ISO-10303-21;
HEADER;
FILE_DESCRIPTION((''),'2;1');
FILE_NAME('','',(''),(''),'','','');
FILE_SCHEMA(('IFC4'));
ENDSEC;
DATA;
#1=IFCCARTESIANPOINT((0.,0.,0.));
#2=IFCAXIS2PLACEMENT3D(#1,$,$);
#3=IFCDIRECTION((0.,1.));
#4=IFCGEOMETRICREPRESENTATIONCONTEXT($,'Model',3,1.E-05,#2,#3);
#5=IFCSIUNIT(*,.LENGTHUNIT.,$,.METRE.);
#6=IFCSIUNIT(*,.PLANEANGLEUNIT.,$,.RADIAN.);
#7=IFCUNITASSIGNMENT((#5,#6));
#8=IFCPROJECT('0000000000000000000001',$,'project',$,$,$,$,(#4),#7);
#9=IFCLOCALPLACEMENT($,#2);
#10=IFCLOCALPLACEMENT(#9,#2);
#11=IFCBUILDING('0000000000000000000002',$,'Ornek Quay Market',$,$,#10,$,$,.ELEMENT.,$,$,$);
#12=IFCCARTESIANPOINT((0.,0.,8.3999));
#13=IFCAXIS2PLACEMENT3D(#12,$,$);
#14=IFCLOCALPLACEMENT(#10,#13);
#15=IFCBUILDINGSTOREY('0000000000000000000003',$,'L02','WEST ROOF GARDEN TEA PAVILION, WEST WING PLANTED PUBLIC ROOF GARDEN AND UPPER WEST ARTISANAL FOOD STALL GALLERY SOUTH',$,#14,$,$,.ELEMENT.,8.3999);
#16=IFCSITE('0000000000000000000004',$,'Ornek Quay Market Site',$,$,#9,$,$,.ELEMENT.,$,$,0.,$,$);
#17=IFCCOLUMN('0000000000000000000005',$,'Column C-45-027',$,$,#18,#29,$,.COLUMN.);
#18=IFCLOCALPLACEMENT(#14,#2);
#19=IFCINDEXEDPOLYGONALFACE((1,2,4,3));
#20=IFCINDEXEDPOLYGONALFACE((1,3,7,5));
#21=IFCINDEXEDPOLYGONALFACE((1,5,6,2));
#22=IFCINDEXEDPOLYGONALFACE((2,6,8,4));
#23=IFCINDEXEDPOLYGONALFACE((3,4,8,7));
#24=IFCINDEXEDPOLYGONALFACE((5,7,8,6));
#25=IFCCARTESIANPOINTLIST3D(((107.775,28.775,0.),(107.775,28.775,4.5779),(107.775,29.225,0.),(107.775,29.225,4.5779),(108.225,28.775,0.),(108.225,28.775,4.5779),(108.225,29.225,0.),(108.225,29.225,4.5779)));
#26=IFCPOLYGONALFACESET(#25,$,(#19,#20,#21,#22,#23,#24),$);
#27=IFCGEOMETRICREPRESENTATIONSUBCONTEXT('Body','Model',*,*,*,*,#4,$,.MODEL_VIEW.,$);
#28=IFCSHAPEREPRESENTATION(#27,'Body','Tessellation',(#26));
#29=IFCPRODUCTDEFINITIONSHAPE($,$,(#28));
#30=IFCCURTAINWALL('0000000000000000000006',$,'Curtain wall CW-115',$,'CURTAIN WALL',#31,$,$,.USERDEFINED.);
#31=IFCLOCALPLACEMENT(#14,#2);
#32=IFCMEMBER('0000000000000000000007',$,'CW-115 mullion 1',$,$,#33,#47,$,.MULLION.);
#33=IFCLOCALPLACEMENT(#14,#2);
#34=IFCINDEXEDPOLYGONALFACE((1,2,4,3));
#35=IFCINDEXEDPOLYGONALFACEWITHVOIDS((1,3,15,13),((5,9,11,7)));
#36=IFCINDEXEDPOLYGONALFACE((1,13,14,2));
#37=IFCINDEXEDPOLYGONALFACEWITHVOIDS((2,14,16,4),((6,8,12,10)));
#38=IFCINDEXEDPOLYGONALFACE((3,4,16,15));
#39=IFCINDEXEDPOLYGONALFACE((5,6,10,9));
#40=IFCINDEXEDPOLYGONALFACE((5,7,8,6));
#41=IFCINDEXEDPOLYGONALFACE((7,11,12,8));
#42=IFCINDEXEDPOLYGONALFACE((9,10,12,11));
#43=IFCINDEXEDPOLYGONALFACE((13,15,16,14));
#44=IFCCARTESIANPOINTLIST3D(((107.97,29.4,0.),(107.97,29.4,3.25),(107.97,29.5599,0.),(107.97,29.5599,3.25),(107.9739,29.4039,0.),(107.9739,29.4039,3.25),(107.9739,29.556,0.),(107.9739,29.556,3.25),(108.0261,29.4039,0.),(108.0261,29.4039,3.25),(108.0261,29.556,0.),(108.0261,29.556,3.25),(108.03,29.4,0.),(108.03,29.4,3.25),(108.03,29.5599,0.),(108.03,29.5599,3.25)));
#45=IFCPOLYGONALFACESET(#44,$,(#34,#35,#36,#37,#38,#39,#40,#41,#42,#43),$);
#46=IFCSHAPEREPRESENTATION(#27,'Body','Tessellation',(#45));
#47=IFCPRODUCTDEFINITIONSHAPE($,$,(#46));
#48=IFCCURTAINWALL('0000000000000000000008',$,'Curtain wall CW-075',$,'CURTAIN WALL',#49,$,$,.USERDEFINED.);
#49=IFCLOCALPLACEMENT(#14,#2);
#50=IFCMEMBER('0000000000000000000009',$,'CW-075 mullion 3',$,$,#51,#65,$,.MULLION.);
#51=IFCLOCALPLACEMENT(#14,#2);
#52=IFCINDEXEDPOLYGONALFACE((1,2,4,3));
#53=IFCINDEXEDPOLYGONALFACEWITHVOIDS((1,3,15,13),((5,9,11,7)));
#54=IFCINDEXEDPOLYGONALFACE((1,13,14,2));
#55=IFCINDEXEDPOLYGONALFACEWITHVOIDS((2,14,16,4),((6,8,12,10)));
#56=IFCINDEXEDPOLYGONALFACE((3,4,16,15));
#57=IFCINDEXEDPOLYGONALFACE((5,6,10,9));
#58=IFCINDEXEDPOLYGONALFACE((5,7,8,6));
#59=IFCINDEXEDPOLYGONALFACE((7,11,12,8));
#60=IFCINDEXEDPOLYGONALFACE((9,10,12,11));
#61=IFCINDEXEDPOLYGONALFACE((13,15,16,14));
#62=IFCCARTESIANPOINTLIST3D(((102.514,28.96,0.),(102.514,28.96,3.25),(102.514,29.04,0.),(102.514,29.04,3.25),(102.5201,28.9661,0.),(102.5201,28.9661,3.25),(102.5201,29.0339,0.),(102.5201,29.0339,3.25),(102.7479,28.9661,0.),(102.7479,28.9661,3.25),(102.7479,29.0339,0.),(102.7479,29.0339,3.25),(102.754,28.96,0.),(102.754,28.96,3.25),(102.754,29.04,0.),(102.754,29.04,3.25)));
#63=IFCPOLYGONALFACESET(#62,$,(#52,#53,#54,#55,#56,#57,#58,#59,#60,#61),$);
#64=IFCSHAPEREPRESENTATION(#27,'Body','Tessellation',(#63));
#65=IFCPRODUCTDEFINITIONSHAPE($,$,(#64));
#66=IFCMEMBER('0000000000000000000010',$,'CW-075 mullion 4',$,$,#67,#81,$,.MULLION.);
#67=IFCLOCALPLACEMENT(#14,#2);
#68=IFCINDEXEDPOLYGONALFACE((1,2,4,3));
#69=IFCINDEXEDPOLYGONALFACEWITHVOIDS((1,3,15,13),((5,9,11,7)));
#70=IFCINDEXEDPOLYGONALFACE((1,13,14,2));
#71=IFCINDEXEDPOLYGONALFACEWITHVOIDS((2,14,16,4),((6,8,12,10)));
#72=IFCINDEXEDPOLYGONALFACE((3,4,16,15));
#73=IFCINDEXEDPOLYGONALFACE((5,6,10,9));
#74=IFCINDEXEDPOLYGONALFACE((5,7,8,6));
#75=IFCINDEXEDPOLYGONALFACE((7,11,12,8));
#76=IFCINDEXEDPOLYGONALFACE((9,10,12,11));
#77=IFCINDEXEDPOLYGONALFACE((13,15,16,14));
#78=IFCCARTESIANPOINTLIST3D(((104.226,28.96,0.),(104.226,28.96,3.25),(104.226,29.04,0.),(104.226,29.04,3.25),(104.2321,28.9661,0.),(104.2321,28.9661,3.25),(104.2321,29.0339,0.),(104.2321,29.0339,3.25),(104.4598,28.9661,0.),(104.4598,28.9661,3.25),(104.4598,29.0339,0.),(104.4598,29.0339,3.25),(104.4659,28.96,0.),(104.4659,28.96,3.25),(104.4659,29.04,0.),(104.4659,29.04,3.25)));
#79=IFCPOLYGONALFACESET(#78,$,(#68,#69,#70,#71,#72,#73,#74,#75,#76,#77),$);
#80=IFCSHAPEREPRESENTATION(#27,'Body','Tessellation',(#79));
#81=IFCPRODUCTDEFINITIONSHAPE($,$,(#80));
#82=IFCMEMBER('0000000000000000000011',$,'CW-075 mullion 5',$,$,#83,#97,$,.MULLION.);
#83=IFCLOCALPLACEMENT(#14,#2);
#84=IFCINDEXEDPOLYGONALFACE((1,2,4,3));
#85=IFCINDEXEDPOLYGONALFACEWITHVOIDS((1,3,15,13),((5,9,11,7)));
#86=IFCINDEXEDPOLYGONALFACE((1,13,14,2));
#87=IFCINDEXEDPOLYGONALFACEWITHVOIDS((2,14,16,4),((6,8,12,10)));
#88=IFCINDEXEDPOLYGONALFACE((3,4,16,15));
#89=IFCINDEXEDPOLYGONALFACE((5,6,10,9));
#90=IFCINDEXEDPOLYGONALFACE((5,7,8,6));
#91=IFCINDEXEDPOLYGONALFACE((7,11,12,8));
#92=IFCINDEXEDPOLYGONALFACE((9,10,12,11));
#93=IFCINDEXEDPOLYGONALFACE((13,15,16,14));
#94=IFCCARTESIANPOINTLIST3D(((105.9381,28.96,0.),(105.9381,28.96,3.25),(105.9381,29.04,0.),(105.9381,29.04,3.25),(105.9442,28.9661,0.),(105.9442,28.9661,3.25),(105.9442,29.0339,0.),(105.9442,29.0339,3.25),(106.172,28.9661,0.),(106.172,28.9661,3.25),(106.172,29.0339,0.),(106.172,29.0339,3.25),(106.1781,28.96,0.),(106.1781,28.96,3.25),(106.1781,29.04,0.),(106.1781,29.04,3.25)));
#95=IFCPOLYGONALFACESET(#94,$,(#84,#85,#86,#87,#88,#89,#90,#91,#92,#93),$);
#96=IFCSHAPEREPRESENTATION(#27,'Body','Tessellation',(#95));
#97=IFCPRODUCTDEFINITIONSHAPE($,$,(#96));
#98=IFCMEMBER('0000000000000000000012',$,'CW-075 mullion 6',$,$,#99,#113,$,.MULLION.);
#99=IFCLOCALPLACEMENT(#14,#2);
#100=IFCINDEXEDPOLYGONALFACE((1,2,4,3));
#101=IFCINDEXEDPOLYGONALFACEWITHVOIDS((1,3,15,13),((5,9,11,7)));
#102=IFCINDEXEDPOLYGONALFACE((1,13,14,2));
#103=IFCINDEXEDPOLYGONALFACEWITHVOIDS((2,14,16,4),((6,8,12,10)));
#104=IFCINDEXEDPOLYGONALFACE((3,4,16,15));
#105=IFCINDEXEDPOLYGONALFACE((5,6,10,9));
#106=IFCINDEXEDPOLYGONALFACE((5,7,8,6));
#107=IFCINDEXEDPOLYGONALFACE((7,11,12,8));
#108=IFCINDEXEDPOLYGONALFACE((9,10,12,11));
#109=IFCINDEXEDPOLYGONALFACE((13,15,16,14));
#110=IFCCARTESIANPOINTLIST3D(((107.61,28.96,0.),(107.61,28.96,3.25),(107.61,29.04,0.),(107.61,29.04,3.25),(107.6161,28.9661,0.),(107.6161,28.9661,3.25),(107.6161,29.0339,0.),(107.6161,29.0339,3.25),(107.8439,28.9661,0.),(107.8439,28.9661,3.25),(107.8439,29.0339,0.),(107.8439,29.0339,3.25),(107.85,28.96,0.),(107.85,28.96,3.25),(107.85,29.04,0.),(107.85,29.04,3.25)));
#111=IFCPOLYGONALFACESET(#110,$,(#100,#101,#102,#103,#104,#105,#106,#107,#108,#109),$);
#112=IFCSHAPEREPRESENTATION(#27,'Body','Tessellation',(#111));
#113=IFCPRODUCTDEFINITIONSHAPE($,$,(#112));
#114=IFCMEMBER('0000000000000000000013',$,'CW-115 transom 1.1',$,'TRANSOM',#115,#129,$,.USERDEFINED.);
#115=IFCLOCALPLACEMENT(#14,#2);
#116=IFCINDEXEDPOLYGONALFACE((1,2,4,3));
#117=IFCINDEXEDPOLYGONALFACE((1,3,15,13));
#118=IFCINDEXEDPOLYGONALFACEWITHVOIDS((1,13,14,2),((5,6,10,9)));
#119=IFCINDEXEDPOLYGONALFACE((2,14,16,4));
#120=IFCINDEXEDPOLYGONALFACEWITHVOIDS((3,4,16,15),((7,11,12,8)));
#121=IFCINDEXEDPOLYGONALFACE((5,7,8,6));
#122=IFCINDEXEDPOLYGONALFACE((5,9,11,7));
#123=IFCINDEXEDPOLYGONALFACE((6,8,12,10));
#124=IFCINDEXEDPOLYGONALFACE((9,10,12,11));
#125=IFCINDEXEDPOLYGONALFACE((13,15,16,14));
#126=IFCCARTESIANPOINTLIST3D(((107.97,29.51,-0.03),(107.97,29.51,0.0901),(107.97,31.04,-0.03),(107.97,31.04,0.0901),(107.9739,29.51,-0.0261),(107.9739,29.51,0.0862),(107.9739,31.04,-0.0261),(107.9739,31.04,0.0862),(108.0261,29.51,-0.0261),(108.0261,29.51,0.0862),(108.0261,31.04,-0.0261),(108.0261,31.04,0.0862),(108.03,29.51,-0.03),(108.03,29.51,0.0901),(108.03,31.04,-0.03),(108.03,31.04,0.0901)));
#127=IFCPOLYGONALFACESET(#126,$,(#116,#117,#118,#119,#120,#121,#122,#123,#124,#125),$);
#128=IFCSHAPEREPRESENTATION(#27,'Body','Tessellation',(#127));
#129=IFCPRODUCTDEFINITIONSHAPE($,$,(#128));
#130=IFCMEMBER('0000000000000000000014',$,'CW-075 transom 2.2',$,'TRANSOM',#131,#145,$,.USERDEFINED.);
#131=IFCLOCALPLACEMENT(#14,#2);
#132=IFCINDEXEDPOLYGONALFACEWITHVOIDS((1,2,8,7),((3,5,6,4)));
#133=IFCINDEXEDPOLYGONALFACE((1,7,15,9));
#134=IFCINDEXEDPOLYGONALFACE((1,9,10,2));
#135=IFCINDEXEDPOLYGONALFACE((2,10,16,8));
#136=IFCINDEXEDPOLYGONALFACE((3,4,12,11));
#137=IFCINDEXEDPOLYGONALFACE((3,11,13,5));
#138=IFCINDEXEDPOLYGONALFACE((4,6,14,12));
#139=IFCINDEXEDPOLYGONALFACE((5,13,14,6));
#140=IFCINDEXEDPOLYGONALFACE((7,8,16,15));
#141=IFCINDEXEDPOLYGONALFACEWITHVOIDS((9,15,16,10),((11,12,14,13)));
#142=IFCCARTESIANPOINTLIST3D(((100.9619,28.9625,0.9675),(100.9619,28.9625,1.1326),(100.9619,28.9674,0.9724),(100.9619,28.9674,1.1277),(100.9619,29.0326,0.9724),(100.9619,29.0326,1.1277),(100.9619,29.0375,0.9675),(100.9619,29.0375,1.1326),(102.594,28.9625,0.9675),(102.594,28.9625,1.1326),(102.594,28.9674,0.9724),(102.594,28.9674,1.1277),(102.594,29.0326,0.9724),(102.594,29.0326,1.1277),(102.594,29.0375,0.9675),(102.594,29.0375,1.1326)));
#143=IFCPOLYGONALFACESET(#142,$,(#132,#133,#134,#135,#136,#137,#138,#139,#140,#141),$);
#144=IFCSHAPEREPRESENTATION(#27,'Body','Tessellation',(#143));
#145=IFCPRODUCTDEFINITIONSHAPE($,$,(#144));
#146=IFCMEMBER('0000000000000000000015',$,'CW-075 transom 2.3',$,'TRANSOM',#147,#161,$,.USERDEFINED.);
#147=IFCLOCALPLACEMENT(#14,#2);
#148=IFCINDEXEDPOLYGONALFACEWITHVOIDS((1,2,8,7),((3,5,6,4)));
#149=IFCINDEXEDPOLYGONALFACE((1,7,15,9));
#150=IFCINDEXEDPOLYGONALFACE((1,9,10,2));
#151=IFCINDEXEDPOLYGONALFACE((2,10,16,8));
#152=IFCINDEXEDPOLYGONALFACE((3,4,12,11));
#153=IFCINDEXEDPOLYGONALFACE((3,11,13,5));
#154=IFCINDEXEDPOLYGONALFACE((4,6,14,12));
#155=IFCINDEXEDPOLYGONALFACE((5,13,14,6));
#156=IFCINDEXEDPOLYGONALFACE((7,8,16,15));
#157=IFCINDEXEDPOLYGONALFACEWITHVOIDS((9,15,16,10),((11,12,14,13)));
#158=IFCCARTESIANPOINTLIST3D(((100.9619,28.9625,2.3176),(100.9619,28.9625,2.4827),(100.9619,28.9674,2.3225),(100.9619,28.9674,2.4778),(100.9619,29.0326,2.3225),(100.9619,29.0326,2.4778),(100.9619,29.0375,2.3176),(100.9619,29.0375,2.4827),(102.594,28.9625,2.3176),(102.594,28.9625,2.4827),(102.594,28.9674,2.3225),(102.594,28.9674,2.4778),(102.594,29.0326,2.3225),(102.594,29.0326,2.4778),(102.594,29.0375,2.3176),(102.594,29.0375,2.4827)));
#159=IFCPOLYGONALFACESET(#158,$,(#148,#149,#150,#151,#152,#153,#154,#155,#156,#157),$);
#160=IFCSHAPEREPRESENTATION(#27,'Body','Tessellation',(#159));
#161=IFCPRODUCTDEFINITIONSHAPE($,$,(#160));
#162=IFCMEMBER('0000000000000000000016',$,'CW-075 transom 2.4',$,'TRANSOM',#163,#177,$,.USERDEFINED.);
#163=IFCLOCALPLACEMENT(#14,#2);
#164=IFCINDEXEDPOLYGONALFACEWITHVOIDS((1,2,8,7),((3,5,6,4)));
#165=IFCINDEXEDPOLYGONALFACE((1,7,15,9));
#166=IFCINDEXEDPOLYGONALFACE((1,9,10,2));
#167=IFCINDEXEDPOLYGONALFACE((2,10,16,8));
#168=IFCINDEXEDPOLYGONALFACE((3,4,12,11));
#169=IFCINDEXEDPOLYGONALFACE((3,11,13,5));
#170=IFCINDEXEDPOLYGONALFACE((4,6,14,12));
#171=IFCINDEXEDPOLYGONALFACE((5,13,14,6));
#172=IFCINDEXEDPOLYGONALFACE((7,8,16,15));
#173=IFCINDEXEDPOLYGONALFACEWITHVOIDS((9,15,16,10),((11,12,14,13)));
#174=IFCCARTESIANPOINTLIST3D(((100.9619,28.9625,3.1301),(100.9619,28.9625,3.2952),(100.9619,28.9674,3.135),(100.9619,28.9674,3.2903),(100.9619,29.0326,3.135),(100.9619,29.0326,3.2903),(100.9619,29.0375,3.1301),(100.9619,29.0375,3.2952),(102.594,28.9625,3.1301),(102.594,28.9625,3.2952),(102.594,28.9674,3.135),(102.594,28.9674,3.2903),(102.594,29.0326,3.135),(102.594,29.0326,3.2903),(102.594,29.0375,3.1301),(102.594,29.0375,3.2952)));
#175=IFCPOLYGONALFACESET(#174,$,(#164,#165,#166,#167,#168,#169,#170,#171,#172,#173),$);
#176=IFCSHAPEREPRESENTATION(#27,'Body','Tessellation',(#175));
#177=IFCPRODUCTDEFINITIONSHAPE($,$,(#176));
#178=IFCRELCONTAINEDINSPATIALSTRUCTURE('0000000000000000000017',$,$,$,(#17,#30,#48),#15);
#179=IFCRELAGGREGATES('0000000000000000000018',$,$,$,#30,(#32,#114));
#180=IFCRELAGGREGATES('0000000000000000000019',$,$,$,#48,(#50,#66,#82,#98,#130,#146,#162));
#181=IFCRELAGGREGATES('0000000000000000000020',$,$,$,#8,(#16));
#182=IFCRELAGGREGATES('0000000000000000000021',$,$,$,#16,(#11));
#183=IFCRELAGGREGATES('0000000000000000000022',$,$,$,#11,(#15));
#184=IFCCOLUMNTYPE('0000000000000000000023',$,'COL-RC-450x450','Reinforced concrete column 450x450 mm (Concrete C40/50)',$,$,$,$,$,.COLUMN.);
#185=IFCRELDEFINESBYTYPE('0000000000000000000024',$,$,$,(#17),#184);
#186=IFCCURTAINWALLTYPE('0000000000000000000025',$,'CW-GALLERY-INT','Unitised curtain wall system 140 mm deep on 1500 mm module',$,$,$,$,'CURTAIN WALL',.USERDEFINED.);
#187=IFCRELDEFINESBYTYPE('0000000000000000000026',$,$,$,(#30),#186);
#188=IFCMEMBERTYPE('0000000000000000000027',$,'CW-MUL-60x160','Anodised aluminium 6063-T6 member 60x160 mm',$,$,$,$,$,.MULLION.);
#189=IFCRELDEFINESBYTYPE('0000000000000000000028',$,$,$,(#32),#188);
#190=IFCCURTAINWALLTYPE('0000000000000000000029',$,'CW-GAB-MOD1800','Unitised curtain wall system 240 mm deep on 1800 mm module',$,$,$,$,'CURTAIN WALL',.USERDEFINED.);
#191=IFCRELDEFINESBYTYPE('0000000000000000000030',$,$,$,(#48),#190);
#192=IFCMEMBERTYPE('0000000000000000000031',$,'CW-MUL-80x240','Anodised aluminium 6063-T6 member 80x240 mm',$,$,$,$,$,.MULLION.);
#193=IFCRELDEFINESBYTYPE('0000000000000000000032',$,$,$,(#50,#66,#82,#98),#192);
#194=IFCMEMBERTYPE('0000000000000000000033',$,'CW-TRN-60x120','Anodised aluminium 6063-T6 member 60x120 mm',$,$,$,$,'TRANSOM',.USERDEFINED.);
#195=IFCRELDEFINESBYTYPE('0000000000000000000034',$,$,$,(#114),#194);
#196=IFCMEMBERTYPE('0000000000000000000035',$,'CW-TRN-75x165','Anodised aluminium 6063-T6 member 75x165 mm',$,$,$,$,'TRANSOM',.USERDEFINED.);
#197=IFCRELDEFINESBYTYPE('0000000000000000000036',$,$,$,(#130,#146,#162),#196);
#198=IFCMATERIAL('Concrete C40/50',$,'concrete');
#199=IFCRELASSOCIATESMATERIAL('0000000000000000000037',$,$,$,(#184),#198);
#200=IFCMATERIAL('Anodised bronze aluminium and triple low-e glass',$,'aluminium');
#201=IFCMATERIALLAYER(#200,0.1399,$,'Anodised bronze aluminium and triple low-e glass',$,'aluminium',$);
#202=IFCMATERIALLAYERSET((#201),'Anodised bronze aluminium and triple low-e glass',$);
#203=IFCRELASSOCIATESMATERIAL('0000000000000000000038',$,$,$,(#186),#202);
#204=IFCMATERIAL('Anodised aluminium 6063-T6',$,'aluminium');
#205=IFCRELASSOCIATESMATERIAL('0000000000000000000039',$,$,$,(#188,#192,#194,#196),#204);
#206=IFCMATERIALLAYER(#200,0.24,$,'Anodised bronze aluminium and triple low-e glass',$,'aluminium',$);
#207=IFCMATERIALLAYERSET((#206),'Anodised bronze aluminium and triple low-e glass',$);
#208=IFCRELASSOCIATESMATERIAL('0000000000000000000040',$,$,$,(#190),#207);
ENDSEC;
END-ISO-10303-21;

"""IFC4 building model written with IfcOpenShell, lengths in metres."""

from ifc_helpers import new_model, si_unit, direction, frame, origin, origin_2d, place, context, subcontext, project, spatial, rectangle, hollow_rectangle, extrude, material, layer, layer_set, material_profile, profile_set, type_object, element, aggregate, save


model = new_model("IFC4")

# Units and contexts
model_context = context("Model", 3, precision=1e-05, world=origin(), true_north=direction((0.0, 1.0)))
body_context = subcontext(model_context, "Body", "Model", "MODEL_VIEW")
ifc_project = project(units=[si_unit("LENGTHUNIT", "METRE"), si_unit("PLANEANGLEUNIT", "RADIAN")], contexts=[model_context])

# Site, building, storey
site_placement = place(None, origin())
site = spatial("IfcSite", under=ifc_project, at=site_placement, Name="Ornek Quay Market Site", CompositionType="ELEMENT", RefElevation=0.0)
building_placement = place(site_placement, origin())
building = spatial("IfcBuilding", under=site, at=building_placement, Name="Ornek Quay Market", CompositionType="ELEMENT")
storey_placement = place(building_placement, frame((0.0, 0.0, 8.3999)))
storey = spatial("IfcBuildingStorey", under=building, at=storey_placement, Name="L02", Description="WEST ROOF GARDEN TEA PAVILION, WEST WING PLANTED PUBLIC ROOF GARDEN AND UPPER WEST ARTISANAL FOOD STALL GALLERY SOUTH", CompositionType="ELEMENT", Elevation=8.3999)

# Column
ifc_material_1 = material(Name="Concrete C40/50", Category="concrete")
ifc_material_profile_1 = material_profile(ifc_material_1, rectangle(XDim=0.45, YDim=0.45, at=origin_2d()), Name="RC 450x450", Category="concrete")
ifc_profile_set_1 = profile_set([ifc_material_profile_1], Name="Concrete C40/50")
column_type = type_object("IfcColumnType", Name="COL-RC-450x450", Description="Reinforced concrete column 450x450 mm (Concrete C40/50)", PredefinedType="COLUMN", material=ifc_profile_set_1)
column_placement = place(storey_placement, frame((108.0, 29.0, 0.0), z_axis=(0.0, 0.0, 1.0), x_axis=(1.0, 0.0, 0.0)))
element("IfcColumn", 1, at=column_placement, inside=storey, type_object=column_type, Name="Column C-45-027", PredefinedType="COLUMN", context=body_context, shape_type="SweptSolid", body=[
    extrude(rectangle(XDim=0.45, YDim=0.45, at=origin_2d()), origin(), (0.0, 0.0, 1.0), 4.5779),
])

# Curtain wall, member
ifc_material_2 = material(Name="Anodised bronze aluminium and triple low-e glass", Category="aluminium")
ifc_layer_1 = layer(ifc_material_2, 0.1399, Name="Anodised bronze aluminium and triple low-e glass", Category="aluminium")
ifc_layer_set_1 = layer_set([ifc_layer_1], Name="Anodised bronze aluminium and triple low-e glass")
curtain_wall_type_1 = type_object("IfcCurtainWallType", Name="CW-GALLERY-INT", Description="Unitised curtain wall system 140 mm deep on 1500 mm module", ElementType="CURTAIN WALL", PredefinedType="USERDEFINED", material=ifc_layer_set_1)
curtain_wall_1_placement = place(storey_placement, origin())
curtain_wall_1 = element("IfcCurtainWall", 2, at=curtain_wall_1_placement, inside=storey, type_object=curtain_wall_type_1, Name="Curtain wall CW-115", ObjectType="CURTAIN WALL", PredefinedType="USERDEFINED")
ifc_material_3 = material(Name="Anodised aluminium 6063-T6", Category="aluminium")
ifc_material_profile_2 = material_profile(ifc_material_3, hollow_rectangle(XDim=0.0601, YDim=0.1599, WallThickness=0.0039, at=origin_2d()), Name="CW-MUL-60x160", Category="aluminium")
ifc_profile_set_2 = profile_set([ifc_material_profile_2], Name="Anodised aluminium 6063-T6")
member_type_1 = type_object("IfcMemberType", Name="CW-MUL-60x160", Description="Anodised aluminium 6063-T6 member 60x160 mm", PredefinedType="MULLION", material=ifc_profile_set_2)
member_1_placement = place(storey_placement, frame((108.0, 29.48, 0.0), z_axis=(0.0, 0.0, 1.0), x_axis=(-1.0, 0.0, 0.0)))
member_1 = element("IfcMember", 3, at=member_1_placement, type_object=member_type_1, Name="CW-115 mullion 1", PredefinedType="MULLION", context=body_context, shape_type="SweptSolid", body=[
    extrude(hollow_rectangle(XDim=0.0601, YDim=0.1599, WallThickness=0.0039, at=origin_2d()), origin(), (0.0, 0.0, 1.0), 3.25),
])

# Curtain wall, members
ifc_layer_2 = layer(ifc_material_2, 0.24, Name="Anodised bronze aluminium and triple low-e glass", Category="aluminium")
ifc_layer_set_2 = layer_set([ifc_layer_2], Name="Anodised bronze aluminium and triple low-e glass")
curtain_wall_type_2 = type_object("IfcCurtainWallType", Name="CW-GAB-MOD1800", Description="Unitised curtain wall system 240 mm deep on 1800 mm module", ElementType="CURTAIN WALL", PredefinedType="USERDEFINED", material=ifc_layer_set_2)
curtain_wall_2_placement = place(storey_placement, origin())
curtain_wall_2 = element("IfcCurtainWall", 4, at=curtain_wall_2_placement, inside=storey, type_object=curtain_wall_type_2, Name="Curtain wall CW-075", ObjectType="CURTAIN WALL", PredefinedType="USERDEFINED")
ifc_material_profile_3 = material_profile(ifc_material_3, hollow_rectangle(XDim=0.0801, YDim=0.24, WallThickness=0.0061, at=origin_2d()), Name="CW-MUL-80x240", Category="aluminium")
ifc_profile_set_3 = profile_set([ifc_material_profile_3], Name="Anodised aluminium 6063-T6")
member_type_2 = type_object("IfcMemberType", Name="CW-MUL-80x240", Description="Anodised aluminium 6063-T6 member 80x240 mm", PredefinedType="MULLION", material=ifc_profile_set_3)
member_2_placement = place(storey_placement, frame((102.634, 29.0, 0.0), z_axis=(0.0, 0.0, 1.0), x_axis=(0.0, 1.0, 0.0)))
member_2 = element("IfcMember", 5, at=member_2_placement, type_object=member_type_2, Name="CW-075 mullion 3", PredefinedType="MULLION", context=body_context, shape_type="SweptSolid", body=[
    extrude(hollow_rectangle(XDim=0.0801, YDim=0.24, WallThickness=0.0061, at=origin_2d()), origin(), (0.0, 0.0, 1.0), 3.25),
])
member_3_placement = place(storey_placement, frame((104.3459, 29.0, 0.0), z_axis=(0.0, 0.0, 1.0), x_axis=(0.0, 1.0, 0.0)))
member_3 = element("IfcMember", 6, at=member_3_placement, type_object=member_type_2, Name="CW-075 mullion 4", PredefinedType="MULLION", context=body_context, shape_type="SweptSolid", body=[
    extrude(hollow_rectangle(XDim=0.0801, YDim=0.24, WallThickness=0.0061, at=origin_2d()), origin(), (0.0, 0.0, 1.0), 3.25),
])
member_4_placement = place(storey_placement, frame((106.0581, 29.0, 0.0), z_axis=(0.0, 0.0, 1.0), x_axis=(0.0, 1.0, 0.0)))
member_4 = element("IfcMember", 7, at=member_4_placement, type_object=member_type_2, Name="CW-075 mullion 5", PredefinedType="MULLION", context=body_context, shape_type="SweptSolid", body=[
    extrude(hollow_rectangle(XDim=0.0801, YDim=0.24, WallThickness=0.0061, at=origin_2d()), origin(), (0.0, 0.0, 1.0), 3.25),
])
member_5_placement = place(storey_placement, frame((107.73, 29.0, 0.0), z_axis=(0.0, 0.0, 1.0), x_axis=(0.0, 1.0, 0.0)))
member_5 = element("IfcMember", 8, at=member_5_placement, type_object=member_type_2, Name="CW-075 mullion 6", PredefinedType="MULLION", context=body_context, shape_type="SweptSolid", body=[
    extrude(hollow_rectangle(XDim=0.0801, YDim=0.24, WallThickness=0.0061, at=origin_2d()), origin(), (0.0, 0.0, 1.0), 3.25),
])

# Members
ifc_material_profile_4 = material_profile(ifc_material_3, hollow_rectangle(XDim=0.0601, YDim=0.1201, WallThickness=0.0039, at=origin_2d()), Name="CW-TRN-60x120", Category="aluminium")
ifc_profile_set_4 = profile_set([ifc_material_profile_4], Name="Anodised aluminium 6063-T6")
member_type_3 = type_object("IfcMemberType", Name="CW-TRN-60x120", Description="Anodised aluminium 6063-T6 member 60x120 mm", ElementType="TRANSOM", PredefinedType="USERDEFINED", material=ifc_profile_set_4)
member_6_placement = place(storey_placement, frame((108.0, 29.51, 0.03), z_axis=(0.0, 1.0, 0.0), x_axis=(-1.0, 0.0, 0.0)))
member_6 = element("IfcMember", 9, at=member_6_placement, type_object=member_type_3, Name="CW-115 transom 1.1", ObjectType="TRANSOM", PredefinedType="USERDEFINED", context=body_context, shape_type="SweptSolid", body=[
    extrude(hollow_rectangle(XDim=0.0601, YDim=0.1201, WallThickness=0.0039, at=origin_2d()), origin(), (0.0, 0.0, 1.0), 1.53),
])
aggregate(curtain_wall_1, [member_1, member_6])
ifc_material_profile_5 = material_profile(ifc_material_3, hollow_rectangle(XDim=0.075, YDim=0.165, WallThickness=0.0049, at=origin_2d()), Name="CW-TRN-75x165", Category="aluminium")
ifc_profile_set_5 = profile_set([ifc_material_profile_5], Name="Anodised aluminium 6063-T6")
member_type_4 = type_object("IfcMemberType", Name="CW-TRN-75x165", Description="Anodised aluminium 6063-T6 member 75x165 mm", ElementType="TRANSOM", PredefinedType="USERDEFINED", material=ifc_profile_set_5)
member_7_placement = place(storey_placement, frame((100.9619, 29.0, 1.05), z_axis=(1.0, 0.0, 0.0), x_axis=(0.0, 1.0, 0.0)))
member_7 = element("IfcMember", 10, at=member_7_placement, type_object=member_type_4, Name="CW-075 transom 2.2", ObjectType="TRANSOM", PredefinedType="USERDEFINED", context=body_context, shape_type="SweptSolid", body=[
    extrude(hollow_rectangle(XDim=0.075, YDim=0.165, WallThickness=0.0049, at=origin_2d()), origin(), (0.0, 0.0, 1.0), 1.6321),
])
member_8_placement = place(storey_placement, frame((100.9619, 29.0, 2.4001), z_axis=(1.0, 0.0, 0.0), x_axis=(0.0, 1.0, 0.0)))
member_8 = element("IfcMember", 11, at=member_8_placement, type_object=member_type_4, Name="CW-075 transom 2.3", ObjectType="TRANSOM", PredefinedType="USERDEFINED", context=body_context, shape_type="SweptSolid", body=[
    extrude(hollow_rectangle(XDim=0.075, YDim=0.165, WallThickness=0.0049, at=origin_2d()), origin(), (0.0, 0.0, 1.0), 1.6321),
])
member_9_placement = place(storey_placement, frame((100.9619, 29.0, 3.2126), z_axis=(1.0, 0.0, 0.0), x_axis=(0.0, 1.0, 0.0)))
member_9 = element("IfcMember", 12, at=member_9_placement, type_object=member_type_4, Name="CW-075 transom 2.4", ObjectType="TRANSOM", PredefinedType="USERDEFINED", context=body_context, shape_type="SweptSolid", body=[
    extrude(hollow_rectangle(XDim=0.075, YDim=0.165, WallThickness=0.0049, at=origin_2d()), origin(), (0.0, 0.0, 1.0), 1.6321),
])

aggregate(curtain_wall_2, [member_2, member_3, member_4, member_5, member_7, member_8, member_9])

save(model, "model.ifc")
